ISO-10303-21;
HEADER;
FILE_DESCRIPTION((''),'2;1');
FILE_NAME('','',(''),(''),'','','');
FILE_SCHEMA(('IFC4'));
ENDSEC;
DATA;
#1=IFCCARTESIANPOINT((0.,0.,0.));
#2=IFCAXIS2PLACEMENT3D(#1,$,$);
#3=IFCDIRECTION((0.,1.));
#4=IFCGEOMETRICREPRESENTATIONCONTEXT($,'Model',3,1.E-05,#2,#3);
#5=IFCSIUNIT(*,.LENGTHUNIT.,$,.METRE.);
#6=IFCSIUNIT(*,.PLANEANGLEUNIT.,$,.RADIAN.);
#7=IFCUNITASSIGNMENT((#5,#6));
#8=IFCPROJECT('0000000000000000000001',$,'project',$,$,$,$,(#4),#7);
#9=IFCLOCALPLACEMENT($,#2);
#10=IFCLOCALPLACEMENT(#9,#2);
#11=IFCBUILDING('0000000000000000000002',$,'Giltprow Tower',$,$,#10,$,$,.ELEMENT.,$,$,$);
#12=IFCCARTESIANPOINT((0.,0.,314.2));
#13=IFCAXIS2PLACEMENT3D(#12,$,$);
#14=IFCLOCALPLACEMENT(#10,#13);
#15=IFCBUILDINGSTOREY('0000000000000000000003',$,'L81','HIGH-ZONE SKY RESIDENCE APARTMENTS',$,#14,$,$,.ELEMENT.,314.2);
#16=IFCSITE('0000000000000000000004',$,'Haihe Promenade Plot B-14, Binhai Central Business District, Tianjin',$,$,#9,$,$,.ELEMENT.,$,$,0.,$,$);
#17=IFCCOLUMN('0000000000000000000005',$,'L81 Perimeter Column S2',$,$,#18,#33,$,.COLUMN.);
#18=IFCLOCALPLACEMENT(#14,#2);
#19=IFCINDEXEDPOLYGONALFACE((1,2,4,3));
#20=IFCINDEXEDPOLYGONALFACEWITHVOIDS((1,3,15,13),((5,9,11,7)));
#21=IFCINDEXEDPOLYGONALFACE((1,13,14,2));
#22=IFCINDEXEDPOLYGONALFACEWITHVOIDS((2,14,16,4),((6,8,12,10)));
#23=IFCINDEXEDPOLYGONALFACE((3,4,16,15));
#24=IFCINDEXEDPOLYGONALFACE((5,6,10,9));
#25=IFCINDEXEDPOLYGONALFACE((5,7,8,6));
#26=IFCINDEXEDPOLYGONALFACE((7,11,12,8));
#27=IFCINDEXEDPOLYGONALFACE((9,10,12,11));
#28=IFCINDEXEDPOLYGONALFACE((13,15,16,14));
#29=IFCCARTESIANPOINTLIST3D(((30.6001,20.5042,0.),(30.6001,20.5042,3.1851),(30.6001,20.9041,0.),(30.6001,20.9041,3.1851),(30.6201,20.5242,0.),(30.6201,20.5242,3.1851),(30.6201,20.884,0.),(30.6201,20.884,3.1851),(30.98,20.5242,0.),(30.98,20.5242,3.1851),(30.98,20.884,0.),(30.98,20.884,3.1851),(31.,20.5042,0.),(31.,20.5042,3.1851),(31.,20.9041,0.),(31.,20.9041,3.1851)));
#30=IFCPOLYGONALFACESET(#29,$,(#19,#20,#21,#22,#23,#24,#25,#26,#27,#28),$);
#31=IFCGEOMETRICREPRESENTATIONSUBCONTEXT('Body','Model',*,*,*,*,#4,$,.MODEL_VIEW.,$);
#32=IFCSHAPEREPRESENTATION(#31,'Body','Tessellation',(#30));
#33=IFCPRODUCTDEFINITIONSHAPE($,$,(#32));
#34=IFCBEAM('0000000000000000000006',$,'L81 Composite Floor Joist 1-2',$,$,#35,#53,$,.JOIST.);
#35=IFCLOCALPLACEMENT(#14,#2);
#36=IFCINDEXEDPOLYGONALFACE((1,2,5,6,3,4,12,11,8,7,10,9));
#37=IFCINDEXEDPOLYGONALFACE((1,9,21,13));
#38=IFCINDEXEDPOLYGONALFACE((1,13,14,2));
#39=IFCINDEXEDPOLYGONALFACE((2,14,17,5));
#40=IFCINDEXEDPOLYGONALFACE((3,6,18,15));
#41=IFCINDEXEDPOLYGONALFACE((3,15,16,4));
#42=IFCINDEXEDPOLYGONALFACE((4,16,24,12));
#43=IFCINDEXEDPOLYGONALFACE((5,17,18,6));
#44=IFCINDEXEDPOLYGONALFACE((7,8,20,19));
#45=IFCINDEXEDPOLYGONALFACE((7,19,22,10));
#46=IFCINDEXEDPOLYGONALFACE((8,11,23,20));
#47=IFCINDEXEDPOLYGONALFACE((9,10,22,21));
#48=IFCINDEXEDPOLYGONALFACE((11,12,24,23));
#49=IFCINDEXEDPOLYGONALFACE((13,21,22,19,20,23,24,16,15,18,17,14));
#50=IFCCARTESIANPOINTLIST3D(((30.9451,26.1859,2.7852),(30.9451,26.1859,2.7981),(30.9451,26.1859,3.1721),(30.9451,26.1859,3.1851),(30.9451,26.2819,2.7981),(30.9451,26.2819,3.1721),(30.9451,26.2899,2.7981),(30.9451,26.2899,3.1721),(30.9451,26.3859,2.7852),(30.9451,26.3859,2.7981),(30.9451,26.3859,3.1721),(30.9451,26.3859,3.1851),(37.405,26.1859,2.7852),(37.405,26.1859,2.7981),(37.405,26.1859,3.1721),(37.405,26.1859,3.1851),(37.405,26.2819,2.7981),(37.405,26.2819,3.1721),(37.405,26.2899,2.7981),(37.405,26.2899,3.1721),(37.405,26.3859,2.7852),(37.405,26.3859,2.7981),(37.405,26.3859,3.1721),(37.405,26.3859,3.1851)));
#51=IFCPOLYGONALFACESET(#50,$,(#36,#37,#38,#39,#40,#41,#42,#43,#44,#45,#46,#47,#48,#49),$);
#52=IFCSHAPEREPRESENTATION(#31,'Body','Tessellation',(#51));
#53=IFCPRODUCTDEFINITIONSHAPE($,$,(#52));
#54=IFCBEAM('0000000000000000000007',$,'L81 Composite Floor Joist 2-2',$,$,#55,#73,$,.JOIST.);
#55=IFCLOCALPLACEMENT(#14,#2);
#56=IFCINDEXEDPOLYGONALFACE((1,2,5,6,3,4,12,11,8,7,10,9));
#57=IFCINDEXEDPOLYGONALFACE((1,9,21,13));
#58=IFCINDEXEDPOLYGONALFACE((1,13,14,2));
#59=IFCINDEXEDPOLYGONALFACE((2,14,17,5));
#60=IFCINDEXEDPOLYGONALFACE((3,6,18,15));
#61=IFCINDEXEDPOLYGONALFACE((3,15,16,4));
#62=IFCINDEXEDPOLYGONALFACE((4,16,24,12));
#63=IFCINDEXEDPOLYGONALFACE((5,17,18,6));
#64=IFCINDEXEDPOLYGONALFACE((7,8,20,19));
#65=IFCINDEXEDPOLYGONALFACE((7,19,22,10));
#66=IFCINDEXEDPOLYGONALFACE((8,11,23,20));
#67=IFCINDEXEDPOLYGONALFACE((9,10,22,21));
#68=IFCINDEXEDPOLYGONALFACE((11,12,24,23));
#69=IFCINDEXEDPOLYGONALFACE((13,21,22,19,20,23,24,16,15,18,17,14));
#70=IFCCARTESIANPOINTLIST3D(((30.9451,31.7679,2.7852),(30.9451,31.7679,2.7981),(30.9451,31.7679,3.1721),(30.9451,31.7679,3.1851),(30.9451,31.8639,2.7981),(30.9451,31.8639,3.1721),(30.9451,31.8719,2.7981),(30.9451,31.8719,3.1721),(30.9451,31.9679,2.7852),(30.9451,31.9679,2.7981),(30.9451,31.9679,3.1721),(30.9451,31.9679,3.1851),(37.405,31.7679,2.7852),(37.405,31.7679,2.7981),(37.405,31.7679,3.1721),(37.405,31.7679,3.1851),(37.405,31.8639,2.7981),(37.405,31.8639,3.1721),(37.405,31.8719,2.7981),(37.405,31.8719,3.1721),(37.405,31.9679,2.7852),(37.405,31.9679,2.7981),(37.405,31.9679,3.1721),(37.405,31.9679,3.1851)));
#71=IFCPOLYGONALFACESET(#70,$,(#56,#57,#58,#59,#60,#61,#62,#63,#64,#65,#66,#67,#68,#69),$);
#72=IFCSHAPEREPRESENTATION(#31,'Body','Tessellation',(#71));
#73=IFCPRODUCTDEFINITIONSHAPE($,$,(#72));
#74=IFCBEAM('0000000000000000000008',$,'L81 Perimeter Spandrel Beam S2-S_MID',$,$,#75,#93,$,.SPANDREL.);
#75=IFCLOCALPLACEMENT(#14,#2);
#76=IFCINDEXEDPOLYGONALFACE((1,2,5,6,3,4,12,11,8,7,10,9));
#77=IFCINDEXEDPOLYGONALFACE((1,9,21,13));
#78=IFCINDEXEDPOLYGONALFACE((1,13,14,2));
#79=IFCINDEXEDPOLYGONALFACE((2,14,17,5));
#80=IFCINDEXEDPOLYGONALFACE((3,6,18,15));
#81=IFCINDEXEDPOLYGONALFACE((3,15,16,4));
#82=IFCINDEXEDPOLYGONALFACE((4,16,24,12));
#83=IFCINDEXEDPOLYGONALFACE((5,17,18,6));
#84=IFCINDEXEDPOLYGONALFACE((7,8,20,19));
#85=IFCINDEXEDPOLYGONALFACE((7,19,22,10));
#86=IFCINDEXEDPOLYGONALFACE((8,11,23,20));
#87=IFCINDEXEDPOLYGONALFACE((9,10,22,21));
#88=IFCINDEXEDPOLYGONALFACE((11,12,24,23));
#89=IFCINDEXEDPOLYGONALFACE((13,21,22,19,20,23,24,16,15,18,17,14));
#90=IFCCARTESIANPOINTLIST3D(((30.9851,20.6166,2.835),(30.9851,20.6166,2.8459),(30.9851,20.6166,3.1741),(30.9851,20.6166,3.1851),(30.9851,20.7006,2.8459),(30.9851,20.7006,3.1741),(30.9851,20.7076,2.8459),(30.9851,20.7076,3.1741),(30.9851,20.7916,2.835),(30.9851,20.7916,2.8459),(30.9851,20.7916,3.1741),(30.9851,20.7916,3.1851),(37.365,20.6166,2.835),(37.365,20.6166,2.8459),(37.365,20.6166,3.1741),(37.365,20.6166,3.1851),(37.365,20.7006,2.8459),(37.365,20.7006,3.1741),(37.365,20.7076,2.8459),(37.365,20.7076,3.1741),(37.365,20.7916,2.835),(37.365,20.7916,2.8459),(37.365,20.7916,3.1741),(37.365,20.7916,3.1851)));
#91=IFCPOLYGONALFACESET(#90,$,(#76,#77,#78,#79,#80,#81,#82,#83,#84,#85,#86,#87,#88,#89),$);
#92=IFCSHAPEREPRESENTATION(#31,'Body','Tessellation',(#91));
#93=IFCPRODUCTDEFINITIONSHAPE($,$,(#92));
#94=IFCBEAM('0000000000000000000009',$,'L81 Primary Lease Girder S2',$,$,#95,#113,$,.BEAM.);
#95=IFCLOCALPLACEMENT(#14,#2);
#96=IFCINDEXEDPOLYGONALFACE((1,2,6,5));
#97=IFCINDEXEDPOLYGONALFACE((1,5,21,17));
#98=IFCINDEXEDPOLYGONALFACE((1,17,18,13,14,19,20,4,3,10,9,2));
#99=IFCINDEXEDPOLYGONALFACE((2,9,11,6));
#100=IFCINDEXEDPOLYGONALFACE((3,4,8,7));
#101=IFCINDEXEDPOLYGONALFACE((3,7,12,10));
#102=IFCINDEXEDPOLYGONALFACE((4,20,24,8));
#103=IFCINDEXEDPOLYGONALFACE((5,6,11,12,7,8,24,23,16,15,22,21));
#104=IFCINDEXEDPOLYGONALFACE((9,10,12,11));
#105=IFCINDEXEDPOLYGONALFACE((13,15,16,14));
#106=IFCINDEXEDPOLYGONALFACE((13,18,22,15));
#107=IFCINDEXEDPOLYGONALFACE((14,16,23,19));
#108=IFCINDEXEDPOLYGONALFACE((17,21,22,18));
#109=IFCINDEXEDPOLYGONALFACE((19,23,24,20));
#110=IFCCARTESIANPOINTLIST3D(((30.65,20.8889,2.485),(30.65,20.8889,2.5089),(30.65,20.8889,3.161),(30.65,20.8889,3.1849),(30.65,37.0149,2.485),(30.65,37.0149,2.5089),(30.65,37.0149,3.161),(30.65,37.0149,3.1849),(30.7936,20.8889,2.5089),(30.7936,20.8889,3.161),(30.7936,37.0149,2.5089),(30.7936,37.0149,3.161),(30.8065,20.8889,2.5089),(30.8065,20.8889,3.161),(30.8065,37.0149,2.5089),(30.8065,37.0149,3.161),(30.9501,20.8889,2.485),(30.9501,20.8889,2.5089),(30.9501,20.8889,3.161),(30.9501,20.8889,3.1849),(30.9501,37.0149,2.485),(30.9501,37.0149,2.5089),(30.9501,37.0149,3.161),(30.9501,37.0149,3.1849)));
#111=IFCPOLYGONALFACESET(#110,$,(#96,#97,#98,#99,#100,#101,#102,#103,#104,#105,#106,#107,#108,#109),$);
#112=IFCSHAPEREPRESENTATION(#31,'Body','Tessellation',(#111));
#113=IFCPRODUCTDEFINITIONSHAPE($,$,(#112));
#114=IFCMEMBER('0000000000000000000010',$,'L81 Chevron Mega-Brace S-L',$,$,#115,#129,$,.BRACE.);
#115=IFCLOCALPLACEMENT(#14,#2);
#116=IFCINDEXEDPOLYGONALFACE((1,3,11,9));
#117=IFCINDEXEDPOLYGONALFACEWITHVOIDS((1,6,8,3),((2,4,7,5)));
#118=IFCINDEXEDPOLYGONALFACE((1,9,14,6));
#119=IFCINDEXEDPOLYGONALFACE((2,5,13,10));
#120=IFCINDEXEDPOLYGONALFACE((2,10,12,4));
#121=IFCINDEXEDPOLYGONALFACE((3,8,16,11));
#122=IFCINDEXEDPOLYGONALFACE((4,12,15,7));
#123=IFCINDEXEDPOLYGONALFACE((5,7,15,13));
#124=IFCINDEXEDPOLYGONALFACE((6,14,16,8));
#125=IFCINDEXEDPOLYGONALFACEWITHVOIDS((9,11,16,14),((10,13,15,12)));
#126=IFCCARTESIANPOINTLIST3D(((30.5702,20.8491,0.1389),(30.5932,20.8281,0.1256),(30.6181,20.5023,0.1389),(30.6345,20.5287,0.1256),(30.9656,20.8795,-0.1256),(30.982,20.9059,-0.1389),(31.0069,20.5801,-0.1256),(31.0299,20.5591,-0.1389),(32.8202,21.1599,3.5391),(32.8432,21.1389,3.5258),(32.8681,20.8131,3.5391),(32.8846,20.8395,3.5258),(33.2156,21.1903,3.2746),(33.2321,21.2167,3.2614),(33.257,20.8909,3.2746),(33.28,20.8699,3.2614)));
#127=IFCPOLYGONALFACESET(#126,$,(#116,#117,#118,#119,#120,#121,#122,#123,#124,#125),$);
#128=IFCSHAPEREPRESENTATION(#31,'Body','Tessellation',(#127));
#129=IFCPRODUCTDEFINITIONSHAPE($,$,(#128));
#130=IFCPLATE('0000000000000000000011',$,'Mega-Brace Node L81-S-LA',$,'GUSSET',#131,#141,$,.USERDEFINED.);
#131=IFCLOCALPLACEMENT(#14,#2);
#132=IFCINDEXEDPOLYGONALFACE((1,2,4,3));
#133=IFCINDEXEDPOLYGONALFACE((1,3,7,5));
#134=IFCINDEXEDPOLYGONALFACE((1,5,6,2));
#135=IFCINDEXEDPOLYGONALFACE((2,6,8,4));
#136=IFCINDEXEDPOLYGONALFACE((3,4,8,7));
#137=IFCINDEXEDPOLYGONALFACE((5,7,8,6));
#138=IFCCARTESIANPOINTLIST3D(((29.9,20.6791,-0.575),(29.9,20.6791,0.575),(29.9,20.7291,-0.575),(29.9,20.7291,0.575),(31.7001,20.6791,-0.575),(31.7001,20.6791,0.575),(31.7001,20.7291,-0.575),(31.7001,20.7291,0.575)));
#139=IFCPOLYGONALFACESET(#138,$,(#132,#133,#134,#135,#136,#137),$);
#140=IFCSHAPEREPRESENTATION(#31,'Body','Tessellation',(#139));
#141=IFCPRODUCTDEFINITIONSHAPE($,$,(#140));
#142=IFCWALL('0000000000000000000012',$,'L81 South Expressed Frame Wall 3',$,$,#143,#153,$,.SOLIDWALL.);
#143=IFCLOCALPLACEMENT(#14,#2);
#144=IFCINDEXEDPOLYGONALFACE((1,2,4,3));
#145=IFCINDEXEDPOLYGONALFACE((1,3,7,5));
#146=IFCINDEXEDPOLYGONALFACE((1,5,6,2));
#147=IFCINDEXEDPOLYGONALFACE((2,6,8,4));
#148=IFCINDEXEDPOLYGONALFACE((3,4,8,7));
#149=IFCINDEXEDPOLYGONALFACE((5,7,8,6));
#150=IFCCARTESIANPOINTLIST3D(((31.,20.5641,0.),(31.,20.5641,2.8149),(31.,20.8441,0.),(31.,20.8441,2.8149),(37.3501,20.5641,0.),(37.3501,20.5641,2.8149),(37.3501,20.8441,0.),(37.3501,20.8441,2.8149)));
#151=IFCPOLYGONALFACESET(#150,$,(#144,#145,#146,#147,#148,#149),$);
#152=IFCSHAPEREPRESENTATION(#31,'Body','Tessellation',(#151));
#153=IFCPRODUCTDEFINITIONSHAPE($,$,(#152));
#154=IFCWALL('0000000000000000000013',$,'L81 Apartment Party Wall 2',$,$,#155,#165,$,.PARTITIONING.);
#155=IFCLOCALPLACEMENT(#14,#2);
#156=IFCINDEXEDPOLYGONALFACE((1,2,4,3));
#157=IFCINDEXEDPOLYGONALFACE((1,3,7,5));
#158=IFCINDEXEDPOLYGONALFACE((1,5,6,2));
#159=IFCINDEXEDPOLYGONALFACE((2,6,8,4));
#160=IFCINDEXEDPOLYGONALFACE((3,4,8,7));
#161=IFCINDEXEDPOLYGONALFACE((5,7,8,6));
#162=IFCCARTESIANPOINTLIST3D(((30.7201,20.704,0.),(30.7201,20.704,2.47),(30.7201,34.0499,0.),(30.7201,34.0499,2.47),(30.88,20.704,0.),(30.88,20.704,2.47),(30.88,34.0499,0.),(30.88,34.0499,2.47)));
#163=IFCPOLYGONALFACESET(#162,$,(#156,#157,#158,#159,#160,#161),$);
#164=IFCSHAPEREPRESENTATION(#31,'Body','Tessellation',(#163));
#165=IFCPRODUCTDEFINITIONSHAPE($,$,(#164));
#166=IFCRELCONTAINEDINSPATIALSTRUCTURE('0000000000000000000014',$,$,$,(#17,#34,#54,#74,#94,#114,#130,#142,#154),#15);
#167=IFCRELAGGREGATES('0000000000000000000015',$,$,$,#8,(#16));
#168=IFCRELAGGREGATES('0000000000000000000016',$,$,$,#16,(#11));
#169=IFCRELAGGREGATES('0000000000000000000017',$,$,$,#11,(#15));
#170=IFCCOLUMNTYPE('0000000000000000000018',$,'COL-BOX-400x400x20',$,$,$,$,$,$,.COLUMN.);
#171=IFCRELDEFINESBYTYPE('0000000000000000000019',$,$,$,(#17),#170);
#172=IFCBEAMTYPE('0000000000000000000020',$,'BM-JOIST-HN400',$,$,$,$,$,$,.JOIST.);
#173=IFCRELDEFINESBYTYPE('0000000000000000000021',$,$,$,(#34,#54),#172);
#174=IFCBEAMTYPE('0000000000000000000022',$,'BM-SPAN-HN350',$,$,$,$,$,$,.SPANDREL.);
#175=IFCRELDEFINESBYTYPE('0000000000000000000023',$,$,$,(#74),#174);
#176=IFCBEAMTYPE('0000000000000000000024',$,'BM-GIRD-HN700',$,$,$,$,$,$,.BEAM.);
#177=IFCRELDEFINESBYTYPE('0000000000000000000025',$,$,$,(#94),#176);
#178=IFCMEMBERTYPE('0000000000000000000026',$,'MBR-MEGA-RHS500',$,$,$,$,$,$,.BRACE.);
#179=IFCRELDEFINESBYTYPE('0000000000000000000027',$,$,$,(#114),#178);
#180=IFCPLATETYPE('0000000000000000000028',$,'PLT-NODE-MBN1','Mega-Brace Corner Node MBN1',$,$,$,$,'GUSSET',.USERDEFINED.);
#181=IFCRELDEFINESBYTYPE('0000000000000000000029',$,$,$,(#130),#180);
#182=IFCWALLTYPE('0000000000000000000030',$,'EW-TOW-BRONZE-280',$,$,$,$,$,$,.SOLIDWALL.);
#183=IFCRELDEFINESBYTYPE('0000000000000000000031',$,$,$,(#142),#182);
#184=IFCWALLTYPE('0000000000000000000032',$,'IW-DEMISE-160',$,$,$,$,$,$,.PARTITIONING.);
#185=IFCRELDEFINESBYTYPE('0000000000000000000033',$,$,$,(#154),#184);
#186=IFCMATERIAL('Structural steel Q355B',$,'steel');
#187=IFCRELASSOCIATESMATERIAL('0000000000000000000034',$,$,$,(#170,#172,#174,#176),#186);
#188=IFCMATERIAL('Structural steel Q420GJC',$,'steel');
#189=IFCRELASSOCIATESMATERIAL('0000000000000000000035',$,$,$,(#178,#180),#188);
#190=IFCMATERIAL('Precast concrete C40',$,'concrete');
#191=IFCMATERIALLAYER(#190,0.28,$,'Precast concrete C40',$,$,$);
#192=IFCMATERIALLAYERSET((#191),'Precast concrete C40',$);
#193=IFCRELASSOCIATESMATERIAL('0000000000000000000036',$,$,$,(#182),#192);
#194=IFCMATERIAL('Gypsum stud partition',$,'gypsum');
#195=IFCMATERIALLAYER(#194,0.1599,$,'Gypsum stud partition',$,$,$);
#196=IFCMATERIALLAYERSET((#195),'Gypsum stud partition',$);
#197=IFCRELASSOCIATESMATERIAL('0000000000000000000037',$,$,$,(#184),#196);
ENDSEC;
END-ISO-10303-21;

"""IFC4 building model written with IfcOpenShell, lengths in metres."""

from ifc_helpers import new_model, si_unit, direction, frame, frame_2d, origin, origin_2d, place, context, subcontext, project, spatial, rectangle, hollow_rectangle, i_section, extrude, source, transform, mapped, material, layer, layer_set, material_profile, profile_set, type_object, element, save


model = new_model("IFC4")

# Units and contexts
model_context = context("Model", 3, precision=1e-05, world=origin(), true_north=direction((0.0, 1.0)))
body_context = subcontext(model_context, "Body", "Model", "MODEL_VIEW")
ifc_project = project(units=[si_unit("LENGTHUNIT", "METRE"), si_unit("PLANEANGLEUNIT", "RADIAN")], contexts=[model_context])

# Site, building, storey
site_placement = place(None, origin())
site = spatial("IfcSite", under=ifc_project, at=site_placement, Name="Haihe Promenade Plot B-14, Binhai Central Business District, Tianjin", CompositionType="ELEMENT", RefElevation=0.0)
building_placement = place(site_placement, origin())
building = spatial("IfcBuilding", under=site, at=building_placement, Name="Giltprow Tower", CompositionType="ELEMENT")
storey_placement = place(building_placement, frame((0.0, 0.0, 314.2)))
storey = spatial("IfcBuildingStorey", under=building, at=storey_placement, Name="L81", Description="HIGH-ZONE SKY RESIDENCE APARTMENTS", CompositionType="ELEMENT", Elevation=314.2)

# Column
ifc_material_1 = material(Name="Structural steel Q355B", Category="steel")
ifc_material_profile_1 = material_profile(ifc_material_1, hollow_rectangle(XDim=0.3999, YDim=0.3999, WallThickness=0.02, at=origin_2d()), Name="BOX 400x400x20")
ifc_profile_set_1 = profile_set([ifc_material_profile_1], Name="Structural steel Q355B")
column_type = type_object("IfcColumnType", Name="COL-BOX-400x400x20", PredefinedType="COLUMN", material=ifc_profile_set_1)
shared_shape_1 = source(origin(), body_context, "Body", "SweptSolid", [
    extrude(hollow_rectangle(XDim=0.3999, YDim=0.3999, WallThickness=0.02, at=origin_2d()), origin(), (0.0, 0.0, 1.0), 3.1851),
])
column_placement = place(storey_placement, frame((30.8, 20.7041, 0.0), z_axis=(0.0, 0.0, 1.0), x_axis=(1.0, 0.0, 0.0)))
element("IfcColumn", 1, at=column_placement, inside=storey, type_object=column_type, Name="L81 Perimeter Column S2", PredefinedType="COLUMN", context=body_context, shape_type="MappedRepresentation", body=[
    mapped(shared_shape_1, transform((0.0, 0.0, 0.0), x_axis=(1.0, 0.0, 0.0), y_axis=(0.0, 1.0, 0.0), z_axis=(0.0, 0.0, 1.0), scale=1.0)),
])

# Beams
ifc_material_profile_2 = material_profile(ifc_material_1, i_section(OverallWidth=0.2, OverallDepth=0.3999, WebThickness=0.0081, FlangeThickness=0.0129, at=origin_2d()), Name="HN 400x200x8x13")
ifc_profile_set_2 = profile_set([ifc_material_profile_2], Name="Structural steel Q355B")
beam_type_1 = type_object("IfcBeamType", Name="BM-JOIST-HN400", PredefinedType="JOIST", material=ifc_profile_set_2)
shared_shape_2 = source(origin(), body_context, "Body", "SweptSolid", [
    extrude(i_section(OverallWidth=0.2, OverallDepth=0.3999, WebThickness=0.0081, FlangeThickness=0.0129, at=origin_2d()), origin(), (0.0, 0.0, 1.0), 6.46),
])
for number, where, z_axis, x_axis, name in (
    (2, (30.9451, 26.2859, 2.9851), (1.0, 0.0, 0.0), (0.0, 1.0, 0.0), "L81 Composite Floor Joist 1-2"),
    (3, (30.9451, 31.8679, 2.9851), (1.0, 0.0, 0.0), (0.0, 1.0, 0.0), "L81 Composite Floor Joist 2-2"),
):
    element("IfcBeam", number, at=place(storey_placement, frame(where, z_axis=z_axis, x_axis=x_axis)), inside=storey, type_object=beam_type_1, Name=name, PredefinedType="JOIST", context=body_context, shape_type="MappedRepresentation", body=[
        mapped(shared_shape_2, transform((0.0, 0.0, 0.0), x_axis=(1.0, 0.0, 0.0), y_axis=(0.0, 1.0, 0.0), z_axis=(0.0, 0.0, 1.0), scale=1.0)),
    ])
ifc_material_profile_3 = material_profile(ifc_material_1, i_section(OverallWidth=0.175, OverallDepth=0.3501, WebThickness=0.0071, FlangeThickness=0.011, at=origin_2d()), Name="HN 350x175x7x11")
ifc_profile_set_3 = profile_set([ifc_material_profile_3], Name="Structural steel Q355B")
beam_type_2 = type_object("IfcBeamType", Name="BM-SPAN-HN350", PredefinedType="SPANDREL", material=ifc_profile_set_3)
shared_shape_3 = source(origin(), body_context, "Body", "SweptSolid", [
    extrude(i_section(OverallWidth=0.175, OverallDepth=0.3501, WebThickness=0.0071, FlangeThickness=0.011, at=origin_2d()), origin(), (0.0, 0.0, 1.0), 6.3799),
])
beam_1_placement = place(storey_placement, frame((30.9851, 20.7041, 3.01), z_axis=(1.0, 0.0, 0.0), x_axis=(0.0, 1.0, 0.0)))
element("IfcBeam", 4, at=beam_1_placement, inside=storey, type_object=beam_type_2, Name="L81 Perimeter Spandrel Beam S2-S_MID", PredefinedType="SPANDREL", context=body_context, shape_type="MappedRepresentation", body=[
    mapped(shared_shape_3, transform((0.0, 0.0, 0.0), x_axis=(1.0, 0.0, 0.0), y_axis=(0.0, 1.0, 0.0), z_axis=(0.0, 0.0, 1.0), scale=1.0)),
])
ifc_material_profile_4 = material_profile(ifc_material_1, i_section(OverallWidth=0.3, OverallDepth=0.7, WebThickness=0.0129, FlangeThickness=0.0239, at=origin_2d()), Name="HN 700x300x13x24")
ifc_profile_set_4 = profile_set([ifc_material_profile_4], Name="Structural steel Q355B")
beam_type_3 = type_object("IfcBeamType", Name="BM-GIRD-HN700", PredefinedType="BEAM", material=ifc_profile_set_4)
shared_shape_4 = source(origin(), body_context, "Body", "SweptSolid", [
    extrude(i_section(OverallWidth=0.3, OverallDepth=0.7, WebThickness=0.0129, FlangeThickness=0.0239, at=origin_2d()), origin(), (0.0, 0.0, 1.0), 16.126),
])
beam_2_placement = place(storey_placement, frame((30.8, 20.8889, 2.835), z_axis=(0.0, 1.0, 0.0), x_axis=(-1.0, 0.0, 0.0)))
element("IfcBeam", 5, at=beam_2_placement, inside=storey, type_object=beam_type_3, Name="L81 Primary Lease Girder S2", PredefinedType="BEAM", context=body_context, shape_type="MappedRepresentation", body=[
    mapped(shared_shape_4, transform((0.0, 0.0, 0.0), x_axis=(1.0, 0.0, 0.0), y_axis=(0.0, 1.0, 0.0), z_axis=(0.0, 0.0, 1.0), scale=1.0)),
])

# Member
ifc_material_2 = material(Name="Structural steel Q420GJC", Category="steel")
ifc_material_profile_5 = material_profile(ifc_material_2, hollow_rectangle(XDim=0.3501, YDim=0.5, WallThickness=0.0239, at=origin_2d()), Name="RHS 500x350x24")
ifc_profile_set_5 = profile_set([ifc_material_profile_5], Name="Structural steel Q420GJC")
member_type = type_object("IfcMemberType", Name="MBR-MEGA-RHS500", PredefinedType="BRACE", material=ifc_profile_set_5)
shared_shape_5 = source(origin(), body_context, "Body", "SweptSolid", [
    extrude(hollow_rectangle(XDim=0.3501, YDim=0.5, WallThickness=0.0239, at=origin_2d()), origin(), (0.0, 0.0, 1.0), 4.0891),
])
member_placement = place(storey_placement, frame((30.8, 20.7041, 0.0), z_axis=(0.550254, 0.076006, 0.831531), x_axis=(-0.13683, 0.990595, 0.0)))
element("IfcMember", 6, at=member_placement, inside=storey, type_object=member_type, Name="L81 Chevron Mega-Brace S-L", PredefinedType="BRACE", context=body_context, shape_type="MappedRepresentation", body=[
    mapped(shared_shape_5, transform((0.0, 0.0, 0.0), x_axis=(1.0, 0.0, 0.0), y_axis=(0.0, 1.0, 0.0), z_axis=(0.0, 0.0, 1.0), scale=1.0)),
])

# Plate
plate_type = type_object("IfcPlateType", Name="PLT-NODE-MBN1", Description="Mega-Brace Corner Node MBN1", ElementType="GUSSET", PredefinedType="USERDEFINED", material=ifc_material_2)
shared_shape_6 = source(origin(), body_context, "Body", "SweptSolid", [
    extrude(rectangle(XDim=1.8, YDim=0.05, at=origin_2d()), origin(), (0.0, 0.0, 1.0), 1.1499),
])
plate_placement = place(storey_placement, frame((30.8, 20.7041, -0.575), z_axis=(0.0, 0.0, 1.0), x_axis=(1.0, 0.0, 0.0)))
element("IfcPlate", 7, at=plate_placement, inside=storey, type_object=plate_type, Name="Mega-Brace Node L81-S-LA", ObjectType="GUSSET", PredefinedType="USERDEFINED", context=body_context, shape_type="MappedRepresentation", body=[
    mapped(shared_shape_6, transform((0.0, 0.0, 0.0), x_axis=(1.0, 0.0, 0.0), y_axis=(0.0, 1.0, 0.0), z_axis=(0.0, 0.0, 1.0), scale=1.0)),
])

# Walls
ifc_material_3 = material(Name="Precast concrete C40", Category="concrete")
ifc_layer_1 = layer(ifc_material_3, 0.28, Name="Precast concrete C40")
ifc_layer_set_1 = layer_set([ifc_layer_1], Name="Precast concrete C40")
wall_type_1 = type_object("IfcWallType", Name="EW-TOW-BRONZE-280", PredefinedType="SOLIDWALL", material=ifc_layer_set_1)
wall_1_placement = place(storey_placement, frame((31.0, 20.7041, 0.0), z_axis=(0.0, 0.0, 1.0), x_axis=(1.0, 0.0, 0.0)))
element("IfcWall", 8, at=wall_1_placement, inside=storey, type_object=wall_type_1, Name="L81 South Expressed Frame Wall 3", PredefinedType="SOLIDWALL", context=body_context, shape_type="SweptSolid", body=[
    extrude(rectangle(XDim=6.3501, YDim=0.28, at=frame_2d((3.175, 0.0))), origin(), (0.0, 0.0, 1.0), 2.8149),
])
ifc_material_4 = material(Name="Gypsum stud partition", Category="gypsum")
ifc_layer_2 = layer(ifc_material_4, 0.1599, Name="Gypsum stud partition")
ifc_layer_set_2 = layer_set([ifc_layer_2], Name="Gypsum stud partition")
wall_type_2 = type_object("IfcWallType", Name="IW-DEMISE-160", PredefinedType="PARTITIONING", material=ifc_layer_set_2)
wall_2_placement = place(storey_placement, frame((30.8, 20.7041, 0.0), z_axis=(0.0, 0.0, 1.0), x_axis=(0.0, 1.0, 0.0)))
element("IfcWall", 9, at=wall_2_placement, inside=storey, type_object=wall_type_2, Name="L81 Apartment Party Wall 2", PredefinedType="PARTITIONING", context=body_context, shape_type="SweptSolid", body=[
    extrude(rectangle(XDim=13.3459, YDim=0.1599, at=frame_2d((6.6729, 0.0))), origin(), (0.0, 0.0, 1.0), 2.47),
])

save(model, "model.ifc")
